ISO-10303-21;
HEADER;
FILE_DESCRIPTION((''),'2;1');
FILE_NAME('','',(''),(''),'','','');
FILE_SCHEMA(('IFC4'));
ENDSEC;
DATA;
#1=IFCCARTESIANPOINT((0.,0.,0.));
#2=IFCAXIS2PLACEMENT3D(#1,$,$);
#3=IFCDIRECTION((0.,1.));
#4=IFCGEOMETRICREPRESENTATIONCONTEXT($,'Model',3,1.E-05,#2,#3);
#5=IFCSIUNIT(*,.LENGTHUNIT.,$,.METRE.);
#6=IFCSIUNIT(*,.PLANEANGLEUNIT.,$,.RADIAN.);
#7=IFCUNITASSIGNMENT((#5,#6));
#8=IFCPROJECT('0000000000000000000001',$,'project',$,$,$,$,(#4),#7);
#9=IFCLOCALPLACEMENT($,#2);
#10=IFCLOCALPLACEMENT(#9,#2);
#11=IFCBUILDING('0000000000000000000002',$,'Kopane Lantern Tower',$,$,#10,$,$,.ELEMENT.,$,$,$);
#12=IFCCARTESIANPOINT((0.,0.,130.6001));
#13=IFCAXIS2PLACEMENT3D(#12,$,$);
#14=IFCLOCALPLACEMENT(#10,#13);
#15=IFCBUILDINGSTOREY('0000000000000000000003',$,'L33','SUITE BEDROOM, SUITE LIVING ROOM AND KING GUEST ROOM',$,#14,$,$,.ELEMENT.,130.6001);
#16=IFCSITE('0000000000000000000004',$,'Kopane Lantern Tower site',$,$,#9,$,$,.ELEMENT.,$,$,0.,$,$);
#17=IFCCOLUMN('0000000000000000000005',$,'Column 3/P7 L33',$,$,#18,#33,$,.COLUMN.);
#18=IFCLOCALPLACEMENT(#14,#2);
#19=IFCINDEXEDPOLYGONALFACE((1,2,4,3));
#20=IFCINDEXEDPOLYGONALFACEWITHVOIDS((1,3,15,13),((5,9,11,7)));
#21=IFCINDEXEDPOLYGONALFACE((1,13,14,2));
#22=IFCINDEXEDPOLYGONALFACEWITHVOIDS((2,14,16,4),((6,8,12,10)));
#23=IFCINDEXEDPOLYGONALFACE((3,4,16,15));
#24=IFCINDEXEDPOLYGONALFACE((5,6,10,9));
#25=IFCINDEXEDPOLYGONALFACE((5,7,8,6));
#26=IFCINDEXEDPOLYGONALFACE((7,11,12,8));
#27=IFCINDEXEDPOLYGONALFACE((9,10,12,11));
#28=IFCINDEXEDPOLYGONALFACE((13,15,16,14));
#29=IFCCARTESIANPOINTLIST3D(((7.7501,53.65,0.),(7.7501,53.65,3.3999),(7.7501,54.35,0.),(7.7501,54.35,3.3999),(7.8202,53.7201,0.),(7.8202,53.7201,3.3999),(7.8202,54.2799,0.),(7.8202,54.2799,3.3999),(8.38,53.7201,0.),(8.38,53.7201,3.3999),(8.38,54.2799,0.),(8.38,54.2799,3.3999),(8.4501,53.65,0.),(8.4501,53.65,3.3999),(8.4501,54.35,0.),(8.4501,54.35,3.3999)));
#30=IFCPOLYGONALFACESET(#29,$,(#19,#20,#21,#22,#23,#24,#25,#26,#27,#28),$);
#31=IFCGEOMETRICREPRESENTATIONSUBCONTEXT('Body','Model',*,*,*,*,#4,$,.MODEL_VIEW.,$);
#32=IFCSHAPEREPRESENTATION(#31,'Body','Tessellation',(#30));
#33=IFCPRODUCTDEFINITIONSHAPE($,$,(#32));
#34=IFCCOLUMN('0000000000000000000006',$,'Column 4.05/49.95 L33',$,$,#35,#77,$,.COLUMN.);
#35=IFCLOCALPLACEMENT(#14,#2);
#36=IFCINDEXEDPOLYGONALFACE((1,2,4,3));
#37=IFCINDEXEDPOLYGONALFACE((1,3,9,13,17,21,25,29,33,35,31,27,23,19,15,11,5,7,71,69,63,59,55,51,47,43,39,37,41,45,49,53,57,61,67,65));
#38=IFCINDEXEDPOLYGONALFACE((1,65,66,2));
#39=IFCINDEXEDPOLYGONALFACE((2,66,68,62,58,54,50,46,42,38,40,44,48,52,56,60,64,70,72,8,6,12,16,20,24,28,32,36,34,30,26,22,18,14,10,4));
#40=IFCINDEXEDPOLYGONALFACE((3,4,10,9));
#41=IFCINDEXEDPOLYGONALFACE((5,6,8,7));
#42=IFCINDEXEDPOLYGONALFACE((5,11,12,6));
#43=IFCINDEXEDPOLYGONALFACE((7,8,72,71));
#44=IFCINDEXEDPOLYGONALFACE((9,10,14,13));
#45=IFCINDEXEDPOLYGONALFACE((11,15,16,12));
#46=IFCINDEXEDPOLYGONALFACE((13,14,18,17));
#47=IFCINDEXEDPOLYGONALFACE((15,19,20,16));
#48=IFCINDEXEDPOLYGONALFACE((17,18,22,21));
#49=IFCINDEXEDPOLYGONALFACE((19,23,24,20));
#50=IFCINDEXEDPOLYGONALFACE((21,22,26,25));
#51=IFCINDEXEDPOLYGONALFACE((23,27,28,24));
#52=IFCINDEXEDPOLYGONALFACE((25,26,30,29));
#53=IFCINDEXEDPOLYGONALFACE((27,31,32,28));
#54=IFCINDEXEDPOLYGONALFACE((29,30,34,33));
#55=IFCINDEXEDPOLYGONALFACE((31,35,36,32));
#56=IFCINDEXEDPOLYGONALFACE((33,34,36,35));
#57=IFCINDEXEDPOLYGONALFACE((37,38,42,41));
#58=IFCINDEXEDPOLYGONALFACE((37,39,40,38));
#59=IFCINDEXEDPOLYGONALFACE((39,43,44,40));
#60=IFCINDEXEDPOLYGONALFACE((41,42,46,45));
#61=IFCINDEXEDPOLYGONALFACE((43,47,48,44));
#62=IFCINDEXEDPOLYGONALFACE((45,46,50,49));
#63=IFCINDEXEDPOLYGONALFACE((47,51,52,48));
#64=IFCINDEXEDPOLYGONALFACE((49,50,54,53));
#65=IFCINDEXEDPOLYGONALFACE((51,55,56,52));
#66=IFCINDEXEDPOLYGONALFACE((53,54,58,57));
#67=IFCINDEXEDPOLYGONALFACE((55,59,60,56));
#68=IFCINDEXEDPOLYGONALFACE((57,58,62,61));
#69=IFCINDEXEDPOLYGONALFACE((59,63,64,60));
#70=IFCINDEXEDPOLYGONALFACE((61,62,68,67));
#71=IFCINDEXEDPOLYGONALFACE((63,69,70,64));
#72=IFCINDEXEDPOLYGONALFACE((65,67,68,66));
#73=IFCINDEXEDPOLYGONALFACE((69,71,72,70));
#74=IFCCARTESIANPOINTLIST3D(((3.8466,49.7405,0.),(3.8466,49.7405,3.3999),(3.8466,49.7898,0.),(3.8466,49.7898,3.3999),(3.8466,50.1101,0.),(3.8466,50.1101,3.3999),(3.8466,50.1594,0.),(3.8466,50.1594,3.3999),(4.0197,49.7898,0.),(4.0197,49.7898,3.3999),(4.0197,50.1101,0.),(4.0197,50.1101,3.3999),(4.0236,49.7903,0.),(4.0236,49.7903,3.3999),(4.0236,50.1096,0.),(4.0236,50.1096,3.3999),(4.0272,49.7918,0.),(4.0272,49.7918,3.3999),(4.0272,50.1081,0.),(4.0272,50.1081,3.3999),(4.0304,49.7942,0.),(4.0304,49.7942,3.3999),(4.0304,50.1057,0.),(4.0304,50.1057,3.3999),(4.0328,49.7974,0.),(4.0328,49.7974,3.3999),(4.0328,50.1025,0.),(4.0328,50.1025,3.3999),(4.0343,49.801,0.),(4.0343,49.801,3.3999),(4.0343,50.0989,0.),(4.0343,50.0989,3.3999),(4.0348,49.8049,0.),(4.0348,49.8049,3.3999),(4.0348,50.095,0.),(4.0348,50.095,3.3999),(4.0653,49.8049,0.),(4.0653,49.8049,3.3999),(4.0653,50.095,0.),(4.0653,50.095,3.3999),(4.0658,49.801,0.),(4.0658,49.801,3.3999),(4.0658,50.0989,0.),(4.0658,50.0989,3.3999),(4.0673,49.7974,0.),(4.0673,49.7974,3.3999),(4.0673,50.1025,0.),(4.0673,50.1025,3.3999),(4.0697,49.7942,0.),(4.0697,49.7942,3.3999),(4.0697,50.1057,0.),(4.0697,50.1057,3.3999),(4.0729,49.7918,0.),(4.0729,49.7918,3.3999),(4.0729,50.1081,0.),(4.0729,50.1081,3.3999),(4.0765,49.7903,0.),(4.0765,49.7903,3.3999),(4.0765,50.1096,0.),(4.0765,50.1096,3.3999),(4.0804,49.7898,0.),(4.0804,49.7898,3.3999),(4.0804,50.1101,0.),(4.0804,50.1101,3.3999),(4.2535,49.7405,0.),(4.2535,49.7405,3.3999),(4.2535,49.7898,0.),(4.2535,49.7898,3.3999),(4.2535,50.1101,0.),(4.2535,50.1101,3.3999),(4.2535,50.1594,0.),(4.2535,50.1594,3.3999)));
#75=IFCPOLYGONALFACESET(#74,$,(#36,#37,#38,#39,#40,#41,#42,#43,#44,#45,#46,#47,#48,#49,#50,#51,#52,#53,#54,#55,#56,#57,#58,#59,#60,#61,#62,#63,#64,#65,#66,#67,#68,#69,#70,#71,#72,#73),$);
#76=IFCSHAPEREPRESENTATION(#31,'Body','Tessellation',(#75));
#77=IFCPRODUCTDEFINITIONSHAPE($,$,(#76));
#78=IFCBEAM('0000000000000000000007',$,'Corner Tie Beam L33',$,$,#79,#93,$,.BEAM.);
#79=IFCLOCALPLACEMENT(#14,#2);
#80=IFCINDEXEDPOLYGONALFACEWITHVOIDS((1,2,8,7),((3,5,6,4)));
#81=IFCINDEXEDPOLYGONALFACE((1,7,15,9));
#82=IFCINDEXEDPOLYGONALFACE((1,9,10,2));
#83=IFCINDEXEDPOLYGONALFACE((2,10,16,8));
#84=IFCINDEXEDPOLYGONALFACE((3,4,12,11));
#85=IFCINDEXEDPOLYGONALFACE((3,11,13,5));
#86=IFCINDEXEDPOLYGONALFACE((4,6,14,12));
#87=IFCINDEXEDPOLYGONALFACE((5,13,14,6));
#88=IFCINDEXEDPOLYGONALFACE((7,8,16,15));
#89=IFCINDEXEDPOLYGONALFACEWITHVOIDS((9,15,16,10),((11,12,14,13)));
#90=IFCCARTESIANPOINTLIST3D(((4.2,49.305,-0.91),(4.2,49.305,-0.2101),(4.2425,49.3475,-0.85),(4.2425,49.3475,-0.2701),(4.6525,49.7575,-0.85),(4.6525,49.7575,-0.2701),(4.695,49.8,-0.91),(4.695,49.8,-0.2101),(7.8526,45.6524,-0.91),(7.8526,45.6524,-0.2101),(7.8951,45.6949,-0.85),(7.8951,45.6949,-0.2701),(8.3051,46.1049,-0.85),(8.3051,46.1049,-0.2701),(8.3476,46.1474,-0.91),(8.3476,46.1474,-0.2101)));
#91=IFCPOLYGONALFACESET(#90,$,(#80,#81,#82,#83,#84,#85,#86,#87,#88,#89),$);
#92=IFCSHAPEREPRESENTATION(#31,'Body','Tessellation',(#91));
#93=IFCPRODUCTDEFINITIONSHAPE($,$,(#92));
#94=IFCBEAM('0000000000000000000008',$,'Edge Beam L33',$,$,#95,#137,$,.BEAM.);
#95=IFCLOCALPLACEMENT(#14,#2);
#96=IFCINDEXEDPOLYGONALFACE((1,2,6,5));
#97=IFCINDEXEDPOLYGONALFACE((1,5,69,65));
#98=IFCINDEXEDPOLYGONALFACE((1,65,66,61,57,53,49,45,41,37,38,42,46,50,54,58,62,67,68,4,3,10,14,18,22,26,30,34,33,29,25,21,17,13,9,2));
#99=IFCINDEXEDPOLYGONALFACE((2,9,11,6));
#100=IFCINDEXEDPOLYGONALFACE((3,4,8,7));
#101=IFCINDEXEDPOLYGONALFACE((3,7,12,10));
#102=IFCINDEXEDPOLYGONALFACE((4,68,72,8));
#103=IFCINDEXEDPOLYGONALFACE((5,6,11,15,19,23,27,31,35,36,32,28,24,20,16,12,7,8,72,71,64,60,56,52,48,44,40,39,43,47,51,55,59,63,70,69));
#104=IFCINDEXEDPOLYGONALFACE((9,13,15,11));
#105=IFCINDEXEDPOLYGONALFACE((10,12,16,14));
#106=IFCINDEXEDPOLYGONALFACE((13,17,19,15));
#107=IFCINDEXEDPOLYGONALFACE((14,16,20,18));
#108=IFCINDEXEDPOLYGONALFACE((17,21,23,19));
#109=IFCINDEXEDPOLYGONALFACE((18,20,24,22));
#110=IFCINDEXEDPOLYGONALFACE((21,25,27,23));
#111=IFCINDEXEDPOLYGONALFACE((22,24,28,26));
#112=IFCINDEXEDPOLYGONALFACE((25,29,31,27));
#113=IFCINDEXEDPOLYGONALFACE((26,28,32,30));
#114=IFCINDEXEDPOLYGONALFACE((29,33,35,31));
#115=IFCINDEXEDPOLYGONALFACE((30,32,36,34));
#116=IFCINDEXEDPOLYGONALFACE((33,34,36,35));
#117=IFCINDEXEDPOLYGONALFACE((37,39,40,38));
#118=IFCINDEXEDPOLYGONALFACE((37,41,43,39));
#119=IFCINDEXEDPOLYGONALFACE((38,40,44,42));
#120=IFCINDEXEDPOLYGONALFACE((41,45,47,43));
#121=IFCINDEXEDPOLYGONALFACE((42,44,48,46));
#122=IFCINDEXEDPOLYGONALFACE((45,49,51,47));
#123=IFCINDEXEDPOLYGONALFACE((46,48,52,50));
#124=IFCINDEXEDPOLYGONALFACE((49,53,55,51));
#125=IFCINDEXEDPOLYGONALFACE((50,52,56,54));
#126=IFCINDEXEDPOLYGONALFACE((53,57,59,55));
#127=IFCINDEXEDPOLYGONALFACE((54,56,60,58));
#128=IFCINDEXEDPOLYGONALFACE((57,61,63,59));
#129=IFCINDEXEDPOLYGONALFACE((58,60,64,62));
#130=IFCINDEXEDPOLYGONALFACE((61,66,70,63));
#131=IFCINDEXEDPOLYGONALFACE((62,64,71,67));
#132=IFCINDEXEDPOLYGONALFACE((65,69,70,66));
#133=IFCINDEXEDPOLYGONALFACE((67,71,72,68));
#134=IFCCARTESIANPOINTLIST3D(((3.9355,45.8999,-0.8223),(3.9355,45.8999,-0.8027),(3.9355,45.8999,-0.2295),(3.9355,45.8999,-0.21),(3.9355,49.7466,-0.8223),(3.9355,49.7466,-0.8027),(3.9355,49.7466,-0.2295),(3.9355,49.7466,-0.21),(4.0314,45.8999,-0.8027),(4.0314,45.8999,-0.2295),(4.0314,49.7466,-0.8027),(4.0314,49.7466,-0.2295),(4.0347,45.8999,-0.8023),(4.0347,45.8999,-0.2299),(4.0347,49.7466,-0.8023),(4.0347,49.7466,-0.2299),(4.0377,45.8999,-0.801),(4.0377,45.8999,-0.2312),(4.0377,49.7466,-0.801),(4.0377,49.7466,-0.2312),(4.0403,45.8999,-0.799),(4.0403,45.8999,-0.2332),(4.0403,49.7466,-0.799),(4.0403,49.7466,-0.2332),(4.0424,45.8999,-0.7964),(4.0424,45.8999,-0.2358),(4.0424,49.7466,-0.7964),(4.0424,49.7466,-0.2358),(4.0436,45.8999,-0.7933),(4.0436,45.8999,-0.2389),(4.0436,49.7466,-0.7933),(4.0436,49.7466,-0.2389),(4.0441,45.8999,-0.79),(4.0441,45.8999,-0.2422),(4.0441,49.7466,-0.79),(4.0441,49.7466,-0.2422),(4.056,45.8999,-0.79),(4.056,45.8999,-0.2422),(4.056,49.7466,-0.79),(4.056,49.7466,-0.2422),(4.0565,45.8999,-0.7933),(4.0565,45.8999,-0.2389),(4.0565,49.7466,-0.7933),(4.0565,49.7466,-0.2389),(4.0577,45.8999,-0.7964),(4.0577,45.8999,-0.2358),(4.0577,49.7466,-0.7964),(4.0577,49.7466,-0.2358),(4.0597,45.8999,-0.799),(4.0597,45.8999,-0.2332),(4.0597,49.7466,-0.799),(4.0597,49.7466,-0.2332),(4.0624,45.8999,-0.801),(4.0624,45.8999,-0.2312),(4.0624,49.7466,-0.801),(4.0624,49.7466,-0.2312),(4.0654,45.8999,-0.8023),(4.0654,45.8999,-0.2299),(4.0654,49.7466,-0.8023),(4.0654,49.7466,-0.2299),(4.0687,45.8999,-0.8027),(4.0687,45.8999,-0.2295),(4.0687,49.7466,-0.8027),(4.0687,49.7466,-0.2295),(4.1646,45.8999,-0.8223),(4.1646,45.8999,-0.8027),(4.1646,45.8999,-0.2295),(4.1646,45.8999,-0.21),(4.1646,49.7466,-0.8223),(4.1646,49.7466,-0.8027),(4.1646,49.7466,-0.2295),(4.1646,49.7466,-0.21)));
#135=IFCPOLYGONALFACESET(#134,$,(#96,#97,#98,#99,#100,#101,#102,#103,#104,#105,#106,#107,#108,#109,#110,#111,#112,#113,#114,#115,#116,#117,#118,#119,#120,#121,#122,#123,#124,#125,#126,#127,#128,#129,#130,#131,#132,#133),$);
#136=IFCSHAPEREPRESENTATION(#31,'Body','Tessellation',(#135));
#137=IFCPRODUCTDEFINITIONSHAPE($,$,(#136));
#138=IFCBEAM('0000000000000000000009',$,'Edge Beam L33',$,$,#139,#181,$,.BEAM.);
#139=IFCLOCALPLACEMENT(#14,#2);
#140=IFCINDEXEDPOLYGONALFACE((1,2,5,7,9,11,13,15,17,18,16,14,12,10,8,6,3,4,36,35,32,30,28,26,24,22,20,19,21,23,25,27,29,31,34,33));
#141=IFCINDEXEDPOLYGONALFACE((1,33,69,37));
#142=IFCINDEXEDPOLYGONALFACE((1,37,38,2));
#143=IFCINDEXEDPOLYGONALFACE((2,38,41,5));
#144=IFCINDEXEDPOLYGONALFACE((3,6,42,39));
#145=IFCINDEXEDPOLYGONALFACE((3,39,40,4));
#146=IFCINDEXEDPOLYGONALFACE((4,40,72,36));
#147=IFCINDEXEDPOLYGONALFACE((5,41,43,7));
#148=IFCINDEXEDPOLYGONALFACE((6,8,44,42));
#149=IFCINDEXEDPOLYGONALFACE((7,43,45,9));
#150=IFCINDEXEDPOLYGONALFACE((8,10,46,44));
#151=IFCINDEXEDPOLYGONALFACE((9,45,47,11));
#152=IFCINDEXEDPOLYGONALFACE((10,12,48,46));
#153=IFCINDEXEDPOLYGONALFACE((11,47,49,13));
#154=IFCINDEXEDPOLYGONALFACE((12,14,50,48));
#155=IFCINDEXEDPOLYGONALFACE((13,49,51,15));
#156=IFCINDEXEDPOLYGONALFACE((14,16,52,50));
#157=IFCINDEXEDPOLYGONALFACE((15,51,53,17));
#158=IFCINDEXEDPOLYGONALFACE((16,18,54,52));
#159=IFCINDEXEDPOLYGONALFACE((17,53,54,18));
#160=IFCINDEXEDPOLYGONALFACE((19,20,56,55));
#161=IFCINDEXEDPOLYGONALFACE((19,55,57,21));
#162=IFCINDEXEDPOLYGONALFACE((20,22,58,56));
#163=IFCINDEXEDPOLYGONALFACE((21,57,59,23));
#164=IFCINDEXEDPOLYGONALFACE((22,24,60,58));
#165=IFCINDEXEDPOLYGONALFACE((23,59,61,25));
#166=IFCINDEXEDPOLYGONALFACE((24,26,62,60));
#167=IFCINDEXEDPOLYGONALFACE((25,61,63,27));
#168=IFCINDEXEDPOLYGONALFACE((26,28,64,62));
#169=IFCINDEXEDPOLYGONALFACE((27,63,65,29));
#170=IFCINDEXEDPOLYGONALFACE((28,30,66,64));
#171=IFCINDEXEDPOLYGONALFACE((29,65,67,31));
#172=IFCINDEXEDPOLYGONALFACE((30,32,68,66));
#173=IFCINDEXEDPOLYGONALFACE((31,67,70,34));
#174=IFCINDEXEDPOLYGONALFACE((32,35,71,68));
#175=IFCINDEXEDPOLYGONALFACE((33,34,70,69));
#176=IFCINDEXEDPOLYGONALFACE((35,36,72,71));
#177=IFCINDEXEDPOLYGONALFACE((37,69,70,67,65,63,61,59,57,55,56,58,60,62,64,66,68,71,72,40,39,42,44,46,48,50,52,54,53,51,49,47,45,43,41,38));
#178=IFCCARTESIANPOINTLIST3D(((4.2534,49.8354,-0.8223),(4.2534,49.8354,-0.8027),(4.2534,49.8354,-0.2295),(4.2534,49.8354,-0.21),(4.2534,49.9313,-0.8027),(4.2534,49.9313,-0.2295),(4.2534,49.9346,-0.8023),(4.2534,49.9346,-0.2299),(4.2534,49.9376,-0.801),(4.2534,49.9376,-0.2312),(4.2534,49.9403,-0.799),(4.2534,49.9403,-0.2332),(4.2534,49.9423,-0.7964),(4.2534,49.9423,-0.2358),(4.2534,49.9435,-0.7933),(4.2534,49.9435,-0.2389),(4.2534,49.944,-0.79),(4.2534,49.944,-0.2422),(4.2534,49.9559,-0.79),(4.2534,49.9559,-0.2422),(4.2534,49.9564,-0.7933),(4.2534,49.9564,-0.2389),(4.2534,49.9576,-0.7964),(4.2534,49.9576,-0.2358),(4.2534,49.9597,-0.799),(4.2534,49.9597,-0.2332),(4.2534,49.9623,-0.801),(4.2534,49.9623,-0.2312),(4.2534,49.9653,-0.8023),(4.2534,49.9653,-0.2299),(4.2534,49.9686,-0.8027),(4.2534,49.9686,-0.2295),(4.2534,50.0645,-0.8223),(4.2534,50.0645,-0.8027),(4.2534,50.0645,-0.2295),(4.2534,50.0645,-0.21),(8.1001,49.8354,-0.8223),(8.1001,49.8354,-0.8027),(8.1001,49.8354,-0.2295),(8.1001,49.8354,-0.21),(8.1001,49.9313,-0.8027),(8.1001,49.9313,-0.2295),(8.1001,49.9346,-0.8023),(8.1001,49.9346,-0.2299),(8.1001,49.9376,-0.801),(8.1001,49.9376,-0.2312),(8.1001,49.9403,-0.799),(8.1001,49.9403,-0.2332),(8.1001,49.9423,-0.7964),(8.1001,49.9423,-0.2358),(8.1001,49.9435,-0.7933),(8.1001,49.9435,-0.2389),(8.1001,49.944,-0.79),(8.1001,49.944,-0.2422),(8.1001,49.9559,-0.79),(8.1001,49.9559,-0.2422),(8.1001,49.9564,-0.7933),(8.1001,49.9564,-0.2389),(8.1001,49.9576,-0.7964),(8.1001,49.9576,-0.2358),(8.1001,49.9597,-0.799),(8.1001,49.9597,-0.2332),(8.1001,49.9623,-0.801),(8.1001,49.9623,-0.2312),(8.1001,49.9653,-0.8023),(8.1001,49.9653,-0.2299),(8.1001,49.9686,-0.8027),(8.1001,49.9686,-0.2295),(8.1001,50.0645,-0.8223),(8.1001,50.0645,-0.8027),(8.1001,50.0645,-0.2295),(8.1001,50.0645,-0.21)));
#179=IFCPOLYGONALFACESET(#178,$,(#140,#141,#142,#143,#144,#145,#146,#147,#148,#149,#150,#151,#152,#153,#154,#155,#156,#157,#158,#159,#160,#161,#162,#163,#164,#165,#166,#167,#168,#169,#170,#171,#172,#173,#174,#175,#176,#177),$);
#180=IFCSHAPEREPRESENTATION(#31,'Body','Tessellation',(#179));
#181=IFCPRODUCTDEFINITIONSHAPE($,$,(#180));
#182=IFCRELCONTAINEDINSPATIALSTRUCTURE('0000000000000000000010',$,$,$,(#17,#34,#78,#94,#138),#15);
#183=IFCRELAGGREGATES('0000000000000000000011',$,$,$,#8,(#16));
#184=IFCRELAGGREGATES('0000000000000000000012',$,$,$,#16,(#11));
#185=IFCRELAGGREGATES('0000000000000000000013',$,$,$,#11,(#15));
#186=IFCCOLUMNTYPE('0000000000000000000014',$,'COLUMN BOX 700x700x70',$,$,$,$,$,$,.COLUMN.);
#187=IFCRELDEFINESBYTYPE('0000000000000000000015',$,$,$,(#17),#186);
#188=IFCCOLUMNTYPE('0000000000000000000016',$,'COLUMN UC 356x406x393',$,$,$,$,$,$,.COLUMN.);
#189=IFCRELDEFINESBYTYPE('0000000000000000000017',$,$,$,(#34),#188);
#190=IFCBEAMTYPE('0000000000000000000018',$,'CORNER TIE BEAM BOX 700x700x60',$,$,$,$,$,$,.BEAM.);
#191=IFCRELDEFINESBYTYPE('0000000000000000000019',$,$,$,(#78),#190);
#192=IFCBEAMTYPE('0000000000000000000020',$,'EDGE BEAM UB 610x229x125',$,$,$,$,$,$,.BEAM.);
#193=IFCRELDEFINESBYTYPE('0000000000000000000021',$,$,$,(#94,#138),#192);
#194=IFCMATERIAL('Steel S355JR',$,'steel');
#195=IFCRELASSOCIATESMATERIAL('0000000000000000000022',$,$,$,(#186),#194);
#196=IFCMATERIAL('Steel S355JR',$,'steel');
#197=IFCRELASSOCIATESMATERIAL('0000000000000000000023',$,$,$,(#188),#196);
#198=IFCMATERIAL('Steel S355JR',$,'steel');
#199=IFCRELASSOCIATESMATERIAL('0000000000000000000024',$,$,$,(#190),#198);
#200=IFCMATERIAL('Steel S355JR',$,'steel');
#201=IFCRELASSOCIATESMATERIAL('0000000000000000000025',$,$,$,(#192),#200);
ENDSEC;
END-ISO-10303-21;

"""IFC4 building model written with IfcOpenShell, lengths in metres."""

from ifc_helpers import new_model, si_unit, direction, frame, origin, origin_2d, place, context, subcontext, project, spatial, hollow_rectangle, i_section, extrude, material, material_profile, profile_set, type_object, element, save


model = new_model("IFC4")

# Units and contexts
model_context = context("Model", 3, precision=1e-05, world=origin(), true_north=direction((0.0, 1.0)))
body_context = subcontext(model_context, "Body", "Model", "MODEL_VIEW")
ifc_project = project(units=[si_unit("LENGTHUNIT", "METRE"), si_unit("PLANEANGLEUNIT", "RADIAN")], contexts=[model_context])

# Site, building, storey
site_placement = place(None, origin())
site = spatial("IfcSite", under=ifc_project, at=site_placement, Name="Kopane Lantern Tower site", CompositionType="ELEMENT", RefElevation=0.0)
building_placement = place(site_placement, origin())
building = spatial("IfcBuilding", under=site, at=building_placement, Name="Kopane Lantern Tower", CompositionType="ELEMENT")
storey_placement = place(building_placement, frame((0.0, 0.0, 130.6001)))
storey = spatial("IfcBuildingStorey", under=building, at=storey_placement, Name="L33", Description="SUITE BEDROOM, SUITE LIVING ROOM AND KING GUEST ROOM", CompositionType="ELEMENT", Elevation=130.6001)

# Columns
ifc_material_1 = material(Name="Steel S355JR", Category="steel")
ifc_material_profile_1 = material_profile(ifc_material_1, hollow_rectangle(XDim=0.7, YDim=0.7, WallThickness=0.0701, at=origin_2d()), Name="BOX 700x700x70")
ifc_profile_set_1 = profile_set([ifc_material_profile_1], Name="Steel S355JR")
column_type_1 = type_object("IfcColumnType", Name="COLUMN BOX 700x700x70", PredefinedType="COLUMN", material=ifc_profile_set_1)
column_1_placement = place(storey_placement, frame((8.1001, 54.0, 0.0), z_axis=(0.0, 0.0, 1.0), x_axis=(1.0, 0.0, 0.0)))
element("IfcColumn", 1, at=column_1_placement, inside=storey, type_object=column_type_1, Name="Column 3/P7 L33", PredefinedType="COLUMN", context=body_context, shape_type="SweptSolid", body=[
    extrude(hollow_rectangle(XDim=0.7, YDim=0.7, WallThickness=0.0701, at=origin_2d()), origin(), (0.0, 0.0, 1.0), 3.3999),
])
ifc_material_2 = material(Name="Steel S355JR", Category="steel")
ifc_material_profile_2 = material_profile(ifc_material_2, i_section(OverallWidth=0.407, OverallDepth=0.4189, WebThickness=0.0305, FlangeThickness=0.0493, FilletRadius=0.0151, at=origin_2d()), Name="UC 356x406x393")
ifc_profile_set_2 = profile_set([ifc_material_profile_2], Name="Steel S355JR")
column_type_2 = type_object("IfcColumnType", Name="COLUMN UC 356x406x393", PredefinedType="COLUMN", material=ifc_profile_set_2)
column_2_placement = place(storey_placement, frame((4.05, 49.95, 0.0), z_axis=(0.0, 0.0, 1.0), x_axis=(1.0, 0.0, 0.0)))
element("IfcColumn", 2, at=column_2_placement, inside=storey, type_object=column_type_2, Name="Column 4.05/49.95 L33", PredefinedType="COLUMN", context=body_context, shape_type="SweptSolid", body=[
    extrude(i_section(OverallWidth=0.407, OverallDepth=0.4189, WebThickness=0.0305, FlangeThickness=0.0493, FilletRadius=0.0151, at=origin_2d()), origin(), (0.0, 0.0, 1.0), 3.3999),
])

# Beams
ifc_material_3 = material(Name="Steel S355JR", Category="steel")
ifc_material_profile_3 = material_profile(ifc_material_3, hollow_rectangle(XDim=0.7, YDim=0.7, WallThickness=0.0601, at=origin_2d()), Name="BOX 700x700x60")
ifc_profile_set_3 = profile_set([ifc_material_profile_3], Name="Steel S355JR")
beam_type_1 = type_object("IfcBeamType", Name="CORNER TIE BEAM BOX 700x700x60", PredefinedType="BEAM", material=ifc_profile_set_3)
beam_1_placement = place(storey_placement, frame((4.4475, 49.5525, -0.5601), z_axis=(0.707107, -0.707107, 0.0), x_axis=(0.707107, 0.707107, 0.0)))
element("IfcBeam", 3, at=beam_1_placement, inside=storey, type_object=beam_type_1, Name="Corner Tie Beam L33", PredefinedType="BEAM", context=body_context, shape_type="SweptSolid", body=[
    extrude(hollow_rectangle(XDim=0.7, YDim=0.7, WallThickness=0.0601, at=origin_2d()), origin(), (0.0, 0.0, 1.0), 5.1655),
])
ifc_material_4 = material(Name="Steel S355JR", Category="steel")
ifc_material_profile_4 = material_profile(ifc_material_4, i_section(OverallWidth=0.229, OverallDepth=0.6123, WebThickness=0.012, FlangeThickness=0.0195, FilletRadius=0.0127, at=origin_2d()), Name="UB 610x229x125")
ifc_profile_set_4 = profile_set([ifc_material_profile_4], Name="Steel S355JR")
beam_type_2 = type_object("IfcBeamType", Name="EDGE BEAM UB 610x229x125", PredefinedType="BEAM", material=ifc_profile_set_4)
for number, where, z_axis, x_axis, name in (
    (4, (4.05, 49.7466, -0.5161), (0.0, -1.0, 0.0), (1.0, 0.0, 0.0), "Edge Beam L33"),
    (5, (4.2534, 49.95, -0.5161), (1.0, 0.0, 0.0), (0.0, 1.0, 0.0), "Edge Beam L33"),
):
    element("IfcBeam", number, at=place(storey_placement, frame(where, z_axis=z_axis, x_axis=x_axis)), inside=storey, type_object=beam_type_2, Name=name, PredefinedType="BEAM", context=body_context, shape_type="SweptSolid", body=[
        extrude(i_section(OverallWidth=0.229, OverallDepth=0.6123, WebThickness=0.012, FlangeThickness=0.0195, FilletRadius=0.0127, at=origin_2d()), origin(), (0.0, 0.0, 1.0), 3.8467),
    ])

save(model, "model.ifc")
